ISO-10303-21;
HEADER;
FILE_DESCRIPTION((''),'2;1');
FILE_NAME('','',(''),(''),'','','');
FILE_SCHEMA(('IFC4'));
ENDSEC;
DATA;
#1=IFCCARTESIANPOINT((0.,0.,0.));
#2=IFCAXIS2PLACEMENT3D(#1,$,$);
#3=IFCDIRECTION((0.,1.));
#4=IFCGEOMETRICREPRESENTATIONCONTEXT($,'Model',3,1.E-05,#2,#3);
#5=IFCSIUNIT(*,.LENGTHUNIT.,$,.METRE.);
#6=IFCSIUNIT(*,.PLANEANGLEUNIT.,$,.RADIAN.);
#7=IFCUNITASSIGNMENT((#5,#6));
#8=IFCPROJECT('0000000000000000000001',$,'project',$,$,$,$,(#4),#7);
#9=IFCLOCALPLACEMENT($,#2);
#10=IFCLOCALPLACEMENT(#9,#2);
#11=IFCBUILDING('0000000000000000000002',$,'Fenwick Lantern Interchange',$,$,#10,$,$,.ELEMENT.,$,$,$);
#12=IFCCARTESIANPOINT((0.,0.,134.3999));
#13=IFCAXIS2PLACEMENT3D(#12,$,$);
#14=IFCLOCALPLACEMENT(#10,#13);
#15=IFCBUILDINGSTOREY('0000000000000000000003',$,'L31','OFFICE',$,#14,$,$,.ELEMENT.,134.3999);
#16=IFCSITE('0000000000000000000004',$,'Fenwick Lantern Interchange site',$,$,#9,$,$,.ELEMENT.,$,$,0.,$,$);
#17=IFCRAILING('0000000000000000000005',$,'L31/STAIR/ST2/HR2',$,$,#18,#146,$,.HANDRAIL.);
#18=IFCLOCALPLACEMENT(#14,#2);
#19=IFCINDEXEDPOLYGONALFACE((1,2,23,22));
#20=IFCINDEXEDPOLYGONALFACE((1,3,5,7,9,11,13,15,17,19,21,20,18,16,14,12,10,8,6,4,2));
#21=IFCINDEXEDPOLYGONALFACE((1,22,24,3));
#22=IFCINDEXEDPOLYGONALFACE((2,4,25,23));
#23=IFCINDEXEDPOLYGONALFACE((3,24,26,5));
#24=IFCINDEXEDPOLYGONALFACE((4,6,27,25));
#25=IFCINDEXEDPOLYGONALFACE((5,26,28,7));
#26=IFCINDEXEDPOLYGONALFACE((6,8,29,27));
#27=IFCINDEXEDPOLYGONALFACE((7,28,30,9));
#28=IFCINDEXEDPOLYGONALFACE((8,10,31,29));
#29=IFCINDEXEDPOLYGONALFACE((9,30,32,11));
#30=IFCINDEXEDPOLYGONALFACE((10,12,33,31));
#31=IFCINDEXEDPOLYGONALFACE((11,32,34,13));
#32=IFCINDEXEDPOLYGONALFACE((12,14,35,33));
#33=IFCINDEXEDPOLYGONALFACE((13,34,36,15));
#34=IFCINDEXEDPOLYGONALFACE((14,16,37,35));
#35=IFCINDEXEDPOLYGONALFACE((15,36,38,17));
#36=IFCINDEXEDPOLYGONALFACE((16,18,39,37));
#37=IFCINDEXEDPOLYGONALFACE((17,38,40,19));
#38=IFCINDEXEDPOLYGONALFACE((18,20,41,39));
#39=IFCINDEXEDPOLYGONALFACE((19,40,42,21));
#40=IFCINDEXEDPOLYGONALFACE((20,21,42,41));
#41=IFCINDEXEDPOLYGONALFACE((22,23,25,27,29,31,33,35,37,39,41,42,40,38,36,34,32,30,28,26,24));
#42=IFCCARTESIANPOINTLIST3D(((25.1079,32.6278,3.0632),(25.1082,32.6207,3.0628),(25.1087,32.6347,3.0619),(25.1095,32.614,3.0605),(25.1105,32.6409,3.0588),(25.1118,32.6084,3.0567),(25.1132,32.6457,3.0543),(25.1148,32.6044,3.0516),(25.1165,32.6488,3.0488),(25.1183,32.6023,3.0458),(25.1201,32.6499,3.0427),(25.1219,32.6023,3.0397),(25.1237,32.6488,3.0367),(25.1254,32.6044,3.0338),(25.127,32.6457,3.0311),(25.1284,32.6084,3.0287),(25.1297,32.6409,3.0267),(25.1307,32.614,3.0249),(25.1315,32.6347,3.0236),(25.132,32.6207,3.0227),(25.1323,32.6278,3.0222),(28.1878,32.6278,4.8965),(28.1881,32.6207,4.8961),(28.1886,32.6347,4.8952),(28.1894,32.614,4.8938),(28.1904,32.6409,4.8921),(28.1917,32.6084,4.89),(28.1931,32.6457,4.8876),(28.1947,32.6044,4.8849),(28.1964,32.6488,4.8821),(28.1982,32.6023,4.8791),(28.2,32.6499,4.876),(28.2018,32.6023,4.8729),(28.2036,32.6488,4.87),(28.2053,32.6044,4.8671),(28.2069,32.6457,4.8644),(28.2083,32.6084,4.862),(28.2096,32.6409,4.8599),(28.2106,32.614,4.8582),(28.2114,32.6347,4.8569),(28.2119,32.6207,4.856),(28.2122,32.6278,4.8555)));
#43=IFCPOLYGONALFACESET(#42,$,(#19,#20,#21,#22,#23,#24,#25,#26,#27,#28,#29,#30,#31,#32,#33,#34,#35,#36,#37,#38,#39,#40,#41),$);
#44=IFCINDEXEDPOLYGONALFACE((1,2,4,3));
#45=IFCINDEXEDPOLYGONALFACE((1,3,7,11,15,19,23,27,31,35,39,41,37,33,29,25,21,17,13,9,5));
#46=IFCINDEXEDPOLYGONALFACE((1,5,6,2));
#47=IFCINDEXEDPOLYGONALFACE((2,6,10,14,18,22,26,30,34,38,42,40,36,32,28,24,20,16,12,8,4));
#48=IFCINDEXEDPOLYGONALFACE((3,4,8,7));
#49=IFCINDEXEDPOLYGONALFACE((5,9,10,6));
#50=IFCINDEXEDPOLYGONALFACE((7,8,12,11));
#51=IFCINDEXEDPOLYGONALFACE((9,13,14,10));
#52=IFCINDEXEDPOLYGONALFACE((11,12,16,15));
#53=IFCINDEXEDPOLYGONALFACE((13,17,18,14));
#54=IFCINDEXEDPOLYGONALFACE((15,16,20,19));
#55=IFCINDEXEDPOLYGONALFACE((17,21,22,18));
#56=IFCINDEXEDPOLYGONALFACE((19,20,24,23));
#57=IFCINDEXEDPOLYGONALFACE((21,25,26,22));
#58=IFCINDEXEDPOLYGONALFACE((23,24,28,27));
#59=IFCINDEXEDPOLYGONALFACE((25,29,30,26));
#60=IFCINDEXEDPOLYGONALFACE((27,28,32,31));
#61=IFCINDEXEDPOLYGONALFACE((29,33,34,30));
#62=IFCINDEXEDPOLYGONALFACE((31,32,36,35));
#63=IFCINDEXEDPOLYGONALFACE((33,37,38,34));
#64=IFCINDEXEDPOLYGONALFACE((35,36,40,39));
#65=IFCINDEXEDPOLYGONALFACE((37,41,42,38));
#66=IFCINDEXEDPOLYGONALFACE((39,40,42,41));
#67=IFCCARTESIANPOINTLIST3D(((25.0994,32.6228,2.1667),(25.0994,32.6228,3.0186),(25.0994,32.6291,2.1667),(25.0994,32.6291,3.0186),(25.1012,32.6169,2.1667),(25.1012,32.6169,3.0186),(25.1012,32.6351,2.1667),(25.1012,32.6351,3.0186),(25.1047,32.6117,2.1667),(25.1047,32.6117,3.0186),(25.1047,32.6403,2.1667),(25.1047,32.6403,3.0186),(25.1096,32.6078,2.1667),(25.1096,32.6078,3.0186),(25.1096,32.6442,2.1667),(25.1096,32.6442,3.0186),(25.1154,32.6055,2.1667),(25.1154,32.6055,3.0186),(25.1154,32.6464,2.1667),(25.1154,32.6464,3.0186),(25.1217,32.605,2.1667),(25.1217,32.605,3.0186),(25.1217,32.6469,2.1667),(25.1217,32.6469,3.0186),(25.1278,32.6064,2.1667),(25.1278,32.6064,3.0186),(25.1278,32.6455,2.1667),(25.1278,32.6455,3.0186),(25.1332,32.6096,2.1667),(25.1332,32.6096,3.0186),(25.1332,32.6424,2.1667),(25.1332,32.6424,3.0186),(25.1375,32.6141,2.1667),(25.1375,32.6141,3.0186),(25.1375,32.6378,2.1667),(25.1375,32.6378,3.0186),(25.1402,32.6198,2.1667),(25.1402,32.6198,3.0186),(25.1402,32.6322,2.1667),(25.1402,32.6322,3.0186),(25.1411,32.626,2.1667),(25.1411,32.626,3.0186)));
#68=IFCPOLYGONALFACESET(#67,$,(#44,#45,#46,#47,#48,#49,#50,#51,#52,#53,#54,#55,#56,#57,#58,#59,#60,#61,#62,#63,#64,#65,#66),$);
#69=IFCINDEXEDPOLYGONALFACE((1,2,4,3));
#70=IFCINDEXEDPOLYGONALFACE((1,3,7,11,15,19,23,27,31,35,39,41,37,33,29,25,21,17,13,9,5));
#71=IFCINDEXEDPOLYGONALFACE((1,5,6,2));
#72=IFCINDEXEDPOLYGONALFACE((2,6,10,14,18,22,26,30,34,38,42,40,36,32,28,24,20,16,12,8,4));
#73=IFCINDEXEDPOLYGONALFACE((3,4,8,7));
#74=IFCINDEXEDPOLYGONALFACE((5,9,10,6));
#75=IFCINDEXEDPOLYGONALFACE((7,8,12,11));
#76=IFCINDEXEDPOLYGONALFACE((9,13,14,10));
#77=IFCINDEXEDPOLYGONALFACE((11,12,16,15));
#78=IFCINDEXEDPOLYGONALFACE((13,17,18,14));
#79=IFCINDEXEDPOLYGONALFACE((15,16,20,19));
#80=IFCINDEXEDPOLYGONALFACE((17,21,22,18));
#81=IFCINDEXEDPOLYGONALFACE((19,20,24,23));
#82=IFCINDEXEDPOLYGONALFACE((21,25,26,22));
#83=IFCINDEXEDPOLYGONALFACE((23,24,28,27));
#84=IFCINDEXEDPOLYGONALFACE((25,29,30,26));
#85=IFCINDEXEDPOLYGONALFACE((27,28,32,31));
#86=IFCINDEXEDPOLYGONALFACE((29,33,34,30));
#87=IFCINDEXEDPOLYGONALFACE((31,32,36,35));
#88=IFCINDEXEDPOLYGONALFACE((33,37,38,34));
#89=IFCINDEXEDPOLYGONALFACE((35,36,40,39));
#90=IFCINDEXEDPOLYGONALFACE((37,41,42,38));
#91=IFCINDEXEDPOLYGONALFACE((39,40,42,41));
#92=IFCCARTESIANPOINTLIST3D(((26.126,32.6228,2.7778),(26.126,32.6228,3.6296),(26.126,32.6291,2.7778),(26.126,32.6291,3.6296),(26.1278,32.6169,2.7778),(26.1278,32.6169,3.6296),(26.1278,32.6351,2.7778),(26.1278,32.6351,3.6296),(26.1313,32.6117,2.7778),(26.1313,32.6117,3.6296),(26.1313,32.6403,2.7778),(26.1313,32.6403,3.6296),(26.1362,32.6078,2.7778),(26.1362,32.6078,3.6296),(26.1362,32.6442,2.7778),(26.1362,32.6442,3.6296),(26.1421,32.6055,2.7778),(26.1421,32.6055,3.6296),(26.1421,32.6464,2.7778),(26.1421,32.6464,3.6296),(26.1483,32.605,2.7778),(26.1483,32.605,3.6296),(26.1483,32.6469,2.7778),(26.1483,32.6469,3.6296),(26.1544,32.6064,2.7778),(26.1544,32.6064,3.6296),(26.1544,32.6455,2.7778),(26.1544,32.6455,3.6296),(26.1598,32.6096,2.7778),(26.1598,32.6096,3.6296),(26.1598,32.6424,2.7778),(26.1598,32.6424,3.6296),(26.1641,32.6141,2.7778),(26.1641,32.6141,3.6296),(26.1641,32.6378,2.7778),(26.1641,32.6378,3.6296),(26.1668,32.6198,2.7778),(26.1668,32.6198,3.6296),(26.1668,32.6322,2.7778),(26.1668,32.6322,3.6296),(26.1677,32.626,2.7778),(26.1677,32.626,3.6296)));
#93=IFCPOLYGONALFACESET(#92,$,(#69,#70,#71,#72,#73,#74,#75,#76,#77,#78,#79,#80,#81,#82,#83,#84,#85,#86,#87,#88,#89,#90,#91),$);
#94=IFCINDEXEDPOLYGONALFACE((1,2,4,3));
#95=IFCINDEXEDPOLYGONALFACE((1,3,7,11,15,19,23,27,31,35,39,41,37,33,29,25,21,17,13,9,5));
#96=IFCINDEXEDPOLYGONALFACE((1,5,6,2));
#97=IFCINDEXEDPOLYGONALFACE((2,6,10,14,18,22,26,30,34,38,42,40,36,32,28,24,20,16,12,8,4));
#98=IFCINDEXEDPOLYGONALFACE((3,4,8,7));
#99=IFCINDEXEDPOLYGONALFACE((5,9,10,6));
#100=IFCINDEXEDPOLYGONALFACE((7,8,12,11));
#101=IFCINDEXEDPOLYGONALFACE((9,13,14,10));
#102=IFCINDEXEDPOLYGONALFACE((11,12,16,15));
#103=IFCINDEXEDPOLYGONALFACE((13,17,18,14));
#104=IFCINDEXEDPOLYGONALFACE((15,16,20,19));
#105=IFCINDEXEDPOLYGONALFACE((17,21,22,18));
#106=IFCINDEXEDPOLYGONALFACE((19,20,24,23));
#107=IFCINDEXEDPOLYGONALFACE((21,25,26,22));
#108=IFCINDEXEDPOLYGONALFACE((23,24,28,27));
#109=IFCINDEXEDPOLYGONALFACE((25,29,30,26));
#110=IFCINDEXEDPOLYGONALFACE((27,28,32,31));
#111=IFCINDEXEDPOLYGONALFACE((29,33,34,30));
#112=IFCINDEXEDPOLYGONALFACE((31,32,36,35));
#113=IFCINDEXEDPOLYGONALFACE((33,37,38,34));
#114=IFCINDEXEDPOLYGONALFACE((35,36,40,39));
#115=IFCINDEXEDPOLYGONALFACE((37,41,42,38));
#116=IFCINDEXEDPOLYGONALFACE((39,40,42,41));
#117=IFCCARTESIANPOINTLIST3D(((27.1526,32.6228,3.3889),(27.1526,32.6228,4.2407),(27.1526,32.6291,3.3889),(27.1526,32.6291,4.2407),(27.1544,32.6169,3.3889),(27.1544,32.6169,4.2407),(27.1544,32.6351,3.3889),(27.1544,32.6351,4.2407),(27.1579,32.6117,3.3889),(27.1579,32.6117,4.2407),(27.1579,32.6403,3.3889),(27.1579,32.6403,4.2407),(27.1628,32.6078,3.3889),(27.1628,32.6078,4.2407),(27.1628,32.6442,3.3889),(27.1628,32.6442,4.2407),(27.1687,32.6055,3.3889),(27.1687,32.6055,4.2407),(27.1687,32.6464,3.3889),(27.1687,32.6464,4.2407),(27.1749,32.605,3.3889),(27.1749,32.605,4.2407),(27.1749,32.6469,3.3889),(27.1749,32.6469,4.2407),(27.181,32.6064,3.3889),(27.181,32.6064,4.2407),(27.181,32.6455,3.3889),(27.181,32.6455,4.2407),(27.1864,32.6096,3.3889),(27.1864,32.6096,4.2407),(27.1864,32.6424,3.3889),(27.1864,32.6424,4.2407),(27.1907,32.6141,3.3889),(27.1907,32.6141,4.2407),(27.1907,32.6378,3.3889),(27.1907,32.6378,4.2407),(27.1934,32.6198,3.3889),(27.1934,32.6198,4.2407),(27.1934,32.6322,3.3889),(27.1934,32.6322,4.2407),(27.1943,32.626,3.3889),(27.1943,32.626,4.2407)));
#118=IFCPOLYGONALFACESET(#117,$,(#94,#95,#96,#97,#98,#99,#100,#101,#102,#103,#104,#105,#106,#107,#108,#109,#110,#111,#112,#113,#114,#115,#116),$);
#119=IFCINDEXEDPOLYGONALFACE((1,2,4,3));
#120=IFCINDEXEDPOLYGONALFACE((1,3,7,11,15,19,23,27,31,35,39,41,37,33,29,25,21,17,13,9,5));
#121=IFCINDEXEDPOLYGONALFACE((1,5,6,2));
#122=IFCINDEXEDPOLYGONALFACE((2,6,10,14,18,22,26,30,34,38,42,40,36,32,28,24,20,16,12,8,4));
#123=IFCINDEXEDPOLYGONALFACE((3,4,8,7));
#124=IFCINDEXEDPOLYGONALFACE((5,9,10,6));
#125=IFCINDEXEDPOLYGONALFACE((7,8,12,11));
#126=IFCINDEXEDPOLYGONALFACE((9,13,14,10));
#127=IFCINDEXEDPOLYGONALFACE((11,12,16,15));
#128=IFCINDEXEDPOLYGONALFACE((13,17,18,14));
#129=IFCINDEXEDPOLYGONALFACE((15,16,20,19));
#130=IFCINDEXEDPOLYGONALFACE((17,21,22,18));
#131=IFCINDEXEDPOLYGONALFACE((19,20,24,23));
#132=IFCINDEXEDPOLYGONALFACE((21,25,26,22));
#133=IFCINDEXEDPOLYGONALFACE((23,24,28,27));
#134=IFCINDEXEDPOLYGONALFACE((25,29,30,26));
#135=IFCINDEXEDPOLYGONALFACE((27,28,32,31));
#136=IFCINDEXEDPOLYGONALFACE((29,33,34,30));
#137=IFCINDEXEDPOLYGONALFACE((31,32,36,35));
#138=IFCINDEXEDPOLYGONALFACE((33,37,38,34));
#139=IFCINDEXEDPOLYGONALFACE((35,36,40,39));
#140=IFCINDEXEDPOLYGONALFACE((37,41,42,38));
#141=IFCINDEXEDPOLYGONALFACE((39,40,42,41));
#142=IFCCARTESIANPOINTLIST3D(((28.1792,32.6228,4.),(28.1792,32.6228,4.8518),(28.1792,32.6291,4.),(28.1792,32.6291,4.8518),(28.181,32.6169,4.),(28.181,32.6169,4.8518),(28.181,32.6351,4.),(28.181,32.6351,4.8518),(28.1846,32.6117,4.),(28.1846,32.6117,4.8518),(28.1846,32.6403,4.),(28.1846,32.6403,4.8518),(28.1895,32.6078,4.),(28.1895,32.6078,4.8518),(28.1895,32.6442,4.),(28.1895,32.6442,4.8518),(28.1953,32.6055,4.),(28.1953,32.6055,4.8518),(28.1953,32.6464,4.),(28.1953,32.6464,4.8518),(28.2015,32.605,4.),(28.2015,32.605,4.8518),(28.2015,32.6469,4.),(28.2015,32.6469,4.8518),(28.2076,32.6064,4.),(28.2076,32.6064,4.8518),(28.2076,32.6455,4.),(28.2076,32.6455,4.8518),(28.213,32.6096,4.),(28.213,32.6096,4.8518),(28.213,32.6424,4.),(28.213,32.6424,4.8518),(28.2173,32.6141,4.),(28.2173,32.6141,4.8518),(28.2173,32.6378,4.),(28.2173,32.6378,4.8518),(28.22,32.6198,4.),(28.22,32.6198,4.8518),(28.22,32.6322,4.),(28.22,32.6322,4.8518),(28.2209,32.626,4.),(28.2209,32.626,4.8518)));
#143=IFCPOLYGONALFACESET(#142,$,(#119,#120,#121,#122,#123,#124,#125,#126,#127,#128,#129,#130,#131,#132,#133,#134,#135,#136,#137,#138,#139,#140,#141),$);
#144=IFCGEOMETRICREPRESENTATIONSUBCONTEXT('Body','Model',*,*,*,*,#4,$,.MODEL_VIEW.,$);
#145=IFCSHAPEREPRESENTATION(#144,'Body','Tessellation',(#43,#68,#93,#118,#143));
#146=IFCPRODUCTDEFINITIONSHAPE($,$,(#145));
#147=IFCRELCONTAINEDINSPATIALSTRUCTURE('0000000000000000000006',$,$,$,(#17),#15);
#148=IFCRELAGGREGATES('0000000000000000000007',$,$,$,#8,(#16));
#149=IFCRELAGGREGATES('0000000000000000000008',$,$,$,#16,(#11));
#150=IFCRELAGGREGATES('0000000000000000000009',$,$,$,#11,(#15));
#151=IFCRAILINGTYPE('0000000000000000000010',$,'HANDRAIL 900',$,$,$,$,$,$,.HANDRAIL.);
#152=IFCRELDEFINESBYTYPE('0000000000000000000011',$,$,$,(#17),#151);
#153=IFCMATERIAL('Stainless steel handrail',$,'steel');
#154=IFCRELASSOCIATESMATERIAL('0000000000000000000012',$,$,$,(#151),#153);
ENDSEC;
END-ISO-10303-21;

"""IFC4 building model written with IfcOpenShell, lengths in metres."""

from ifc_helpers import new_model, si_unit, direction, frame, origin, origin_2d, place, context, subcontext, project, spatial, circle, extrude, material, type_object, element, save


model = new_model("IFC4")

# Units and contexts
model_context = context("Model", 3, precision=1e-05, world=origin(), true_north=direction((0.0, 1.0)))
body_context = subcontext(model_context, "Body", "Model", "MODEL_VIEW")
ifc_project = project(units=[si_unit("LENGTHUNIT", "METRE"), si_unit("PLANEANGLEUNIT", "RADIAN")], contexts=[model_context])

# Site, building, storey
site_placement = place(None, origin())
site = spatial("IfcSite", under=ifc_project, at=site_placement, Name="Fenwick Lantern Interchange site", CompositionType="ELEMENT", RefElevation=0.0)
building_placement = place(site_placement, origin())
building = spatial("IfcBuilding", under=site, at=building_placement, Name="Fenwick Lantern Interchange", CompositionType="ELEMENT")
storey_placement = place(building_placement, frame((0.0, 0.0, 134.3999)))
storey = spatial("IfcBuildingStorey", under=building, at=storey_placement, Name="L31", Description="OFFICE", CompositionType="ELEMENT", Elevation=134.3999)

# Railing
ifc_material_1 = material(Name="Stainless steel handrail", Category="steel")
railing_type = type_object("IfcRailingType", Name="HANDRAIL 900", PredefinedType="HANDRAIL", material=ifc_material_1)
railing_1_placement = place(storey_placement, frame((25.1201, 32.626, 2.1667)))
element("IfcRailing", 1, at=railing_1_placement, inside=storey, type_object=railing_type, Name="L31/STAIR/ST2/HR2", PredefinedType="HANDRAIL", context=body_context, shape_type="SweptSolid", body=[
    extrude(circle(Radius=0.0239, at=origin_2d()), frame((0.0, 0.0, 0.876), z_axis=(0.859291, 0.0, 0.511487), x_axis=(0.0, 1.0, 0.0)), (0.0, 0.0, 1.0), 3.5842),
    extrude(circle(Radius=0.021, at=origin_2d()), origin(), (0.0, 0.0, 1.0), 0.8518),
    extrude(circle(Radius=0.021, at=origin_2d()), frame((1.0266, 0.0, 0.6111)), (0.0, 0.0, 1.0), 0.8518),
    extrude(circle(Radius=0.021, at=origin_2d()), frame((2.0532, 0.0, 1.2222)), (0.0, 0.0, 1.0), 0.8518),
    extrude(circle(Radius=0.021, at=origin_2d()), frame((3.0798, 0.0, 1.8333)), (0.0, 0.0, 1.0), 0.8518),
])

save(model, "model.ifc")
